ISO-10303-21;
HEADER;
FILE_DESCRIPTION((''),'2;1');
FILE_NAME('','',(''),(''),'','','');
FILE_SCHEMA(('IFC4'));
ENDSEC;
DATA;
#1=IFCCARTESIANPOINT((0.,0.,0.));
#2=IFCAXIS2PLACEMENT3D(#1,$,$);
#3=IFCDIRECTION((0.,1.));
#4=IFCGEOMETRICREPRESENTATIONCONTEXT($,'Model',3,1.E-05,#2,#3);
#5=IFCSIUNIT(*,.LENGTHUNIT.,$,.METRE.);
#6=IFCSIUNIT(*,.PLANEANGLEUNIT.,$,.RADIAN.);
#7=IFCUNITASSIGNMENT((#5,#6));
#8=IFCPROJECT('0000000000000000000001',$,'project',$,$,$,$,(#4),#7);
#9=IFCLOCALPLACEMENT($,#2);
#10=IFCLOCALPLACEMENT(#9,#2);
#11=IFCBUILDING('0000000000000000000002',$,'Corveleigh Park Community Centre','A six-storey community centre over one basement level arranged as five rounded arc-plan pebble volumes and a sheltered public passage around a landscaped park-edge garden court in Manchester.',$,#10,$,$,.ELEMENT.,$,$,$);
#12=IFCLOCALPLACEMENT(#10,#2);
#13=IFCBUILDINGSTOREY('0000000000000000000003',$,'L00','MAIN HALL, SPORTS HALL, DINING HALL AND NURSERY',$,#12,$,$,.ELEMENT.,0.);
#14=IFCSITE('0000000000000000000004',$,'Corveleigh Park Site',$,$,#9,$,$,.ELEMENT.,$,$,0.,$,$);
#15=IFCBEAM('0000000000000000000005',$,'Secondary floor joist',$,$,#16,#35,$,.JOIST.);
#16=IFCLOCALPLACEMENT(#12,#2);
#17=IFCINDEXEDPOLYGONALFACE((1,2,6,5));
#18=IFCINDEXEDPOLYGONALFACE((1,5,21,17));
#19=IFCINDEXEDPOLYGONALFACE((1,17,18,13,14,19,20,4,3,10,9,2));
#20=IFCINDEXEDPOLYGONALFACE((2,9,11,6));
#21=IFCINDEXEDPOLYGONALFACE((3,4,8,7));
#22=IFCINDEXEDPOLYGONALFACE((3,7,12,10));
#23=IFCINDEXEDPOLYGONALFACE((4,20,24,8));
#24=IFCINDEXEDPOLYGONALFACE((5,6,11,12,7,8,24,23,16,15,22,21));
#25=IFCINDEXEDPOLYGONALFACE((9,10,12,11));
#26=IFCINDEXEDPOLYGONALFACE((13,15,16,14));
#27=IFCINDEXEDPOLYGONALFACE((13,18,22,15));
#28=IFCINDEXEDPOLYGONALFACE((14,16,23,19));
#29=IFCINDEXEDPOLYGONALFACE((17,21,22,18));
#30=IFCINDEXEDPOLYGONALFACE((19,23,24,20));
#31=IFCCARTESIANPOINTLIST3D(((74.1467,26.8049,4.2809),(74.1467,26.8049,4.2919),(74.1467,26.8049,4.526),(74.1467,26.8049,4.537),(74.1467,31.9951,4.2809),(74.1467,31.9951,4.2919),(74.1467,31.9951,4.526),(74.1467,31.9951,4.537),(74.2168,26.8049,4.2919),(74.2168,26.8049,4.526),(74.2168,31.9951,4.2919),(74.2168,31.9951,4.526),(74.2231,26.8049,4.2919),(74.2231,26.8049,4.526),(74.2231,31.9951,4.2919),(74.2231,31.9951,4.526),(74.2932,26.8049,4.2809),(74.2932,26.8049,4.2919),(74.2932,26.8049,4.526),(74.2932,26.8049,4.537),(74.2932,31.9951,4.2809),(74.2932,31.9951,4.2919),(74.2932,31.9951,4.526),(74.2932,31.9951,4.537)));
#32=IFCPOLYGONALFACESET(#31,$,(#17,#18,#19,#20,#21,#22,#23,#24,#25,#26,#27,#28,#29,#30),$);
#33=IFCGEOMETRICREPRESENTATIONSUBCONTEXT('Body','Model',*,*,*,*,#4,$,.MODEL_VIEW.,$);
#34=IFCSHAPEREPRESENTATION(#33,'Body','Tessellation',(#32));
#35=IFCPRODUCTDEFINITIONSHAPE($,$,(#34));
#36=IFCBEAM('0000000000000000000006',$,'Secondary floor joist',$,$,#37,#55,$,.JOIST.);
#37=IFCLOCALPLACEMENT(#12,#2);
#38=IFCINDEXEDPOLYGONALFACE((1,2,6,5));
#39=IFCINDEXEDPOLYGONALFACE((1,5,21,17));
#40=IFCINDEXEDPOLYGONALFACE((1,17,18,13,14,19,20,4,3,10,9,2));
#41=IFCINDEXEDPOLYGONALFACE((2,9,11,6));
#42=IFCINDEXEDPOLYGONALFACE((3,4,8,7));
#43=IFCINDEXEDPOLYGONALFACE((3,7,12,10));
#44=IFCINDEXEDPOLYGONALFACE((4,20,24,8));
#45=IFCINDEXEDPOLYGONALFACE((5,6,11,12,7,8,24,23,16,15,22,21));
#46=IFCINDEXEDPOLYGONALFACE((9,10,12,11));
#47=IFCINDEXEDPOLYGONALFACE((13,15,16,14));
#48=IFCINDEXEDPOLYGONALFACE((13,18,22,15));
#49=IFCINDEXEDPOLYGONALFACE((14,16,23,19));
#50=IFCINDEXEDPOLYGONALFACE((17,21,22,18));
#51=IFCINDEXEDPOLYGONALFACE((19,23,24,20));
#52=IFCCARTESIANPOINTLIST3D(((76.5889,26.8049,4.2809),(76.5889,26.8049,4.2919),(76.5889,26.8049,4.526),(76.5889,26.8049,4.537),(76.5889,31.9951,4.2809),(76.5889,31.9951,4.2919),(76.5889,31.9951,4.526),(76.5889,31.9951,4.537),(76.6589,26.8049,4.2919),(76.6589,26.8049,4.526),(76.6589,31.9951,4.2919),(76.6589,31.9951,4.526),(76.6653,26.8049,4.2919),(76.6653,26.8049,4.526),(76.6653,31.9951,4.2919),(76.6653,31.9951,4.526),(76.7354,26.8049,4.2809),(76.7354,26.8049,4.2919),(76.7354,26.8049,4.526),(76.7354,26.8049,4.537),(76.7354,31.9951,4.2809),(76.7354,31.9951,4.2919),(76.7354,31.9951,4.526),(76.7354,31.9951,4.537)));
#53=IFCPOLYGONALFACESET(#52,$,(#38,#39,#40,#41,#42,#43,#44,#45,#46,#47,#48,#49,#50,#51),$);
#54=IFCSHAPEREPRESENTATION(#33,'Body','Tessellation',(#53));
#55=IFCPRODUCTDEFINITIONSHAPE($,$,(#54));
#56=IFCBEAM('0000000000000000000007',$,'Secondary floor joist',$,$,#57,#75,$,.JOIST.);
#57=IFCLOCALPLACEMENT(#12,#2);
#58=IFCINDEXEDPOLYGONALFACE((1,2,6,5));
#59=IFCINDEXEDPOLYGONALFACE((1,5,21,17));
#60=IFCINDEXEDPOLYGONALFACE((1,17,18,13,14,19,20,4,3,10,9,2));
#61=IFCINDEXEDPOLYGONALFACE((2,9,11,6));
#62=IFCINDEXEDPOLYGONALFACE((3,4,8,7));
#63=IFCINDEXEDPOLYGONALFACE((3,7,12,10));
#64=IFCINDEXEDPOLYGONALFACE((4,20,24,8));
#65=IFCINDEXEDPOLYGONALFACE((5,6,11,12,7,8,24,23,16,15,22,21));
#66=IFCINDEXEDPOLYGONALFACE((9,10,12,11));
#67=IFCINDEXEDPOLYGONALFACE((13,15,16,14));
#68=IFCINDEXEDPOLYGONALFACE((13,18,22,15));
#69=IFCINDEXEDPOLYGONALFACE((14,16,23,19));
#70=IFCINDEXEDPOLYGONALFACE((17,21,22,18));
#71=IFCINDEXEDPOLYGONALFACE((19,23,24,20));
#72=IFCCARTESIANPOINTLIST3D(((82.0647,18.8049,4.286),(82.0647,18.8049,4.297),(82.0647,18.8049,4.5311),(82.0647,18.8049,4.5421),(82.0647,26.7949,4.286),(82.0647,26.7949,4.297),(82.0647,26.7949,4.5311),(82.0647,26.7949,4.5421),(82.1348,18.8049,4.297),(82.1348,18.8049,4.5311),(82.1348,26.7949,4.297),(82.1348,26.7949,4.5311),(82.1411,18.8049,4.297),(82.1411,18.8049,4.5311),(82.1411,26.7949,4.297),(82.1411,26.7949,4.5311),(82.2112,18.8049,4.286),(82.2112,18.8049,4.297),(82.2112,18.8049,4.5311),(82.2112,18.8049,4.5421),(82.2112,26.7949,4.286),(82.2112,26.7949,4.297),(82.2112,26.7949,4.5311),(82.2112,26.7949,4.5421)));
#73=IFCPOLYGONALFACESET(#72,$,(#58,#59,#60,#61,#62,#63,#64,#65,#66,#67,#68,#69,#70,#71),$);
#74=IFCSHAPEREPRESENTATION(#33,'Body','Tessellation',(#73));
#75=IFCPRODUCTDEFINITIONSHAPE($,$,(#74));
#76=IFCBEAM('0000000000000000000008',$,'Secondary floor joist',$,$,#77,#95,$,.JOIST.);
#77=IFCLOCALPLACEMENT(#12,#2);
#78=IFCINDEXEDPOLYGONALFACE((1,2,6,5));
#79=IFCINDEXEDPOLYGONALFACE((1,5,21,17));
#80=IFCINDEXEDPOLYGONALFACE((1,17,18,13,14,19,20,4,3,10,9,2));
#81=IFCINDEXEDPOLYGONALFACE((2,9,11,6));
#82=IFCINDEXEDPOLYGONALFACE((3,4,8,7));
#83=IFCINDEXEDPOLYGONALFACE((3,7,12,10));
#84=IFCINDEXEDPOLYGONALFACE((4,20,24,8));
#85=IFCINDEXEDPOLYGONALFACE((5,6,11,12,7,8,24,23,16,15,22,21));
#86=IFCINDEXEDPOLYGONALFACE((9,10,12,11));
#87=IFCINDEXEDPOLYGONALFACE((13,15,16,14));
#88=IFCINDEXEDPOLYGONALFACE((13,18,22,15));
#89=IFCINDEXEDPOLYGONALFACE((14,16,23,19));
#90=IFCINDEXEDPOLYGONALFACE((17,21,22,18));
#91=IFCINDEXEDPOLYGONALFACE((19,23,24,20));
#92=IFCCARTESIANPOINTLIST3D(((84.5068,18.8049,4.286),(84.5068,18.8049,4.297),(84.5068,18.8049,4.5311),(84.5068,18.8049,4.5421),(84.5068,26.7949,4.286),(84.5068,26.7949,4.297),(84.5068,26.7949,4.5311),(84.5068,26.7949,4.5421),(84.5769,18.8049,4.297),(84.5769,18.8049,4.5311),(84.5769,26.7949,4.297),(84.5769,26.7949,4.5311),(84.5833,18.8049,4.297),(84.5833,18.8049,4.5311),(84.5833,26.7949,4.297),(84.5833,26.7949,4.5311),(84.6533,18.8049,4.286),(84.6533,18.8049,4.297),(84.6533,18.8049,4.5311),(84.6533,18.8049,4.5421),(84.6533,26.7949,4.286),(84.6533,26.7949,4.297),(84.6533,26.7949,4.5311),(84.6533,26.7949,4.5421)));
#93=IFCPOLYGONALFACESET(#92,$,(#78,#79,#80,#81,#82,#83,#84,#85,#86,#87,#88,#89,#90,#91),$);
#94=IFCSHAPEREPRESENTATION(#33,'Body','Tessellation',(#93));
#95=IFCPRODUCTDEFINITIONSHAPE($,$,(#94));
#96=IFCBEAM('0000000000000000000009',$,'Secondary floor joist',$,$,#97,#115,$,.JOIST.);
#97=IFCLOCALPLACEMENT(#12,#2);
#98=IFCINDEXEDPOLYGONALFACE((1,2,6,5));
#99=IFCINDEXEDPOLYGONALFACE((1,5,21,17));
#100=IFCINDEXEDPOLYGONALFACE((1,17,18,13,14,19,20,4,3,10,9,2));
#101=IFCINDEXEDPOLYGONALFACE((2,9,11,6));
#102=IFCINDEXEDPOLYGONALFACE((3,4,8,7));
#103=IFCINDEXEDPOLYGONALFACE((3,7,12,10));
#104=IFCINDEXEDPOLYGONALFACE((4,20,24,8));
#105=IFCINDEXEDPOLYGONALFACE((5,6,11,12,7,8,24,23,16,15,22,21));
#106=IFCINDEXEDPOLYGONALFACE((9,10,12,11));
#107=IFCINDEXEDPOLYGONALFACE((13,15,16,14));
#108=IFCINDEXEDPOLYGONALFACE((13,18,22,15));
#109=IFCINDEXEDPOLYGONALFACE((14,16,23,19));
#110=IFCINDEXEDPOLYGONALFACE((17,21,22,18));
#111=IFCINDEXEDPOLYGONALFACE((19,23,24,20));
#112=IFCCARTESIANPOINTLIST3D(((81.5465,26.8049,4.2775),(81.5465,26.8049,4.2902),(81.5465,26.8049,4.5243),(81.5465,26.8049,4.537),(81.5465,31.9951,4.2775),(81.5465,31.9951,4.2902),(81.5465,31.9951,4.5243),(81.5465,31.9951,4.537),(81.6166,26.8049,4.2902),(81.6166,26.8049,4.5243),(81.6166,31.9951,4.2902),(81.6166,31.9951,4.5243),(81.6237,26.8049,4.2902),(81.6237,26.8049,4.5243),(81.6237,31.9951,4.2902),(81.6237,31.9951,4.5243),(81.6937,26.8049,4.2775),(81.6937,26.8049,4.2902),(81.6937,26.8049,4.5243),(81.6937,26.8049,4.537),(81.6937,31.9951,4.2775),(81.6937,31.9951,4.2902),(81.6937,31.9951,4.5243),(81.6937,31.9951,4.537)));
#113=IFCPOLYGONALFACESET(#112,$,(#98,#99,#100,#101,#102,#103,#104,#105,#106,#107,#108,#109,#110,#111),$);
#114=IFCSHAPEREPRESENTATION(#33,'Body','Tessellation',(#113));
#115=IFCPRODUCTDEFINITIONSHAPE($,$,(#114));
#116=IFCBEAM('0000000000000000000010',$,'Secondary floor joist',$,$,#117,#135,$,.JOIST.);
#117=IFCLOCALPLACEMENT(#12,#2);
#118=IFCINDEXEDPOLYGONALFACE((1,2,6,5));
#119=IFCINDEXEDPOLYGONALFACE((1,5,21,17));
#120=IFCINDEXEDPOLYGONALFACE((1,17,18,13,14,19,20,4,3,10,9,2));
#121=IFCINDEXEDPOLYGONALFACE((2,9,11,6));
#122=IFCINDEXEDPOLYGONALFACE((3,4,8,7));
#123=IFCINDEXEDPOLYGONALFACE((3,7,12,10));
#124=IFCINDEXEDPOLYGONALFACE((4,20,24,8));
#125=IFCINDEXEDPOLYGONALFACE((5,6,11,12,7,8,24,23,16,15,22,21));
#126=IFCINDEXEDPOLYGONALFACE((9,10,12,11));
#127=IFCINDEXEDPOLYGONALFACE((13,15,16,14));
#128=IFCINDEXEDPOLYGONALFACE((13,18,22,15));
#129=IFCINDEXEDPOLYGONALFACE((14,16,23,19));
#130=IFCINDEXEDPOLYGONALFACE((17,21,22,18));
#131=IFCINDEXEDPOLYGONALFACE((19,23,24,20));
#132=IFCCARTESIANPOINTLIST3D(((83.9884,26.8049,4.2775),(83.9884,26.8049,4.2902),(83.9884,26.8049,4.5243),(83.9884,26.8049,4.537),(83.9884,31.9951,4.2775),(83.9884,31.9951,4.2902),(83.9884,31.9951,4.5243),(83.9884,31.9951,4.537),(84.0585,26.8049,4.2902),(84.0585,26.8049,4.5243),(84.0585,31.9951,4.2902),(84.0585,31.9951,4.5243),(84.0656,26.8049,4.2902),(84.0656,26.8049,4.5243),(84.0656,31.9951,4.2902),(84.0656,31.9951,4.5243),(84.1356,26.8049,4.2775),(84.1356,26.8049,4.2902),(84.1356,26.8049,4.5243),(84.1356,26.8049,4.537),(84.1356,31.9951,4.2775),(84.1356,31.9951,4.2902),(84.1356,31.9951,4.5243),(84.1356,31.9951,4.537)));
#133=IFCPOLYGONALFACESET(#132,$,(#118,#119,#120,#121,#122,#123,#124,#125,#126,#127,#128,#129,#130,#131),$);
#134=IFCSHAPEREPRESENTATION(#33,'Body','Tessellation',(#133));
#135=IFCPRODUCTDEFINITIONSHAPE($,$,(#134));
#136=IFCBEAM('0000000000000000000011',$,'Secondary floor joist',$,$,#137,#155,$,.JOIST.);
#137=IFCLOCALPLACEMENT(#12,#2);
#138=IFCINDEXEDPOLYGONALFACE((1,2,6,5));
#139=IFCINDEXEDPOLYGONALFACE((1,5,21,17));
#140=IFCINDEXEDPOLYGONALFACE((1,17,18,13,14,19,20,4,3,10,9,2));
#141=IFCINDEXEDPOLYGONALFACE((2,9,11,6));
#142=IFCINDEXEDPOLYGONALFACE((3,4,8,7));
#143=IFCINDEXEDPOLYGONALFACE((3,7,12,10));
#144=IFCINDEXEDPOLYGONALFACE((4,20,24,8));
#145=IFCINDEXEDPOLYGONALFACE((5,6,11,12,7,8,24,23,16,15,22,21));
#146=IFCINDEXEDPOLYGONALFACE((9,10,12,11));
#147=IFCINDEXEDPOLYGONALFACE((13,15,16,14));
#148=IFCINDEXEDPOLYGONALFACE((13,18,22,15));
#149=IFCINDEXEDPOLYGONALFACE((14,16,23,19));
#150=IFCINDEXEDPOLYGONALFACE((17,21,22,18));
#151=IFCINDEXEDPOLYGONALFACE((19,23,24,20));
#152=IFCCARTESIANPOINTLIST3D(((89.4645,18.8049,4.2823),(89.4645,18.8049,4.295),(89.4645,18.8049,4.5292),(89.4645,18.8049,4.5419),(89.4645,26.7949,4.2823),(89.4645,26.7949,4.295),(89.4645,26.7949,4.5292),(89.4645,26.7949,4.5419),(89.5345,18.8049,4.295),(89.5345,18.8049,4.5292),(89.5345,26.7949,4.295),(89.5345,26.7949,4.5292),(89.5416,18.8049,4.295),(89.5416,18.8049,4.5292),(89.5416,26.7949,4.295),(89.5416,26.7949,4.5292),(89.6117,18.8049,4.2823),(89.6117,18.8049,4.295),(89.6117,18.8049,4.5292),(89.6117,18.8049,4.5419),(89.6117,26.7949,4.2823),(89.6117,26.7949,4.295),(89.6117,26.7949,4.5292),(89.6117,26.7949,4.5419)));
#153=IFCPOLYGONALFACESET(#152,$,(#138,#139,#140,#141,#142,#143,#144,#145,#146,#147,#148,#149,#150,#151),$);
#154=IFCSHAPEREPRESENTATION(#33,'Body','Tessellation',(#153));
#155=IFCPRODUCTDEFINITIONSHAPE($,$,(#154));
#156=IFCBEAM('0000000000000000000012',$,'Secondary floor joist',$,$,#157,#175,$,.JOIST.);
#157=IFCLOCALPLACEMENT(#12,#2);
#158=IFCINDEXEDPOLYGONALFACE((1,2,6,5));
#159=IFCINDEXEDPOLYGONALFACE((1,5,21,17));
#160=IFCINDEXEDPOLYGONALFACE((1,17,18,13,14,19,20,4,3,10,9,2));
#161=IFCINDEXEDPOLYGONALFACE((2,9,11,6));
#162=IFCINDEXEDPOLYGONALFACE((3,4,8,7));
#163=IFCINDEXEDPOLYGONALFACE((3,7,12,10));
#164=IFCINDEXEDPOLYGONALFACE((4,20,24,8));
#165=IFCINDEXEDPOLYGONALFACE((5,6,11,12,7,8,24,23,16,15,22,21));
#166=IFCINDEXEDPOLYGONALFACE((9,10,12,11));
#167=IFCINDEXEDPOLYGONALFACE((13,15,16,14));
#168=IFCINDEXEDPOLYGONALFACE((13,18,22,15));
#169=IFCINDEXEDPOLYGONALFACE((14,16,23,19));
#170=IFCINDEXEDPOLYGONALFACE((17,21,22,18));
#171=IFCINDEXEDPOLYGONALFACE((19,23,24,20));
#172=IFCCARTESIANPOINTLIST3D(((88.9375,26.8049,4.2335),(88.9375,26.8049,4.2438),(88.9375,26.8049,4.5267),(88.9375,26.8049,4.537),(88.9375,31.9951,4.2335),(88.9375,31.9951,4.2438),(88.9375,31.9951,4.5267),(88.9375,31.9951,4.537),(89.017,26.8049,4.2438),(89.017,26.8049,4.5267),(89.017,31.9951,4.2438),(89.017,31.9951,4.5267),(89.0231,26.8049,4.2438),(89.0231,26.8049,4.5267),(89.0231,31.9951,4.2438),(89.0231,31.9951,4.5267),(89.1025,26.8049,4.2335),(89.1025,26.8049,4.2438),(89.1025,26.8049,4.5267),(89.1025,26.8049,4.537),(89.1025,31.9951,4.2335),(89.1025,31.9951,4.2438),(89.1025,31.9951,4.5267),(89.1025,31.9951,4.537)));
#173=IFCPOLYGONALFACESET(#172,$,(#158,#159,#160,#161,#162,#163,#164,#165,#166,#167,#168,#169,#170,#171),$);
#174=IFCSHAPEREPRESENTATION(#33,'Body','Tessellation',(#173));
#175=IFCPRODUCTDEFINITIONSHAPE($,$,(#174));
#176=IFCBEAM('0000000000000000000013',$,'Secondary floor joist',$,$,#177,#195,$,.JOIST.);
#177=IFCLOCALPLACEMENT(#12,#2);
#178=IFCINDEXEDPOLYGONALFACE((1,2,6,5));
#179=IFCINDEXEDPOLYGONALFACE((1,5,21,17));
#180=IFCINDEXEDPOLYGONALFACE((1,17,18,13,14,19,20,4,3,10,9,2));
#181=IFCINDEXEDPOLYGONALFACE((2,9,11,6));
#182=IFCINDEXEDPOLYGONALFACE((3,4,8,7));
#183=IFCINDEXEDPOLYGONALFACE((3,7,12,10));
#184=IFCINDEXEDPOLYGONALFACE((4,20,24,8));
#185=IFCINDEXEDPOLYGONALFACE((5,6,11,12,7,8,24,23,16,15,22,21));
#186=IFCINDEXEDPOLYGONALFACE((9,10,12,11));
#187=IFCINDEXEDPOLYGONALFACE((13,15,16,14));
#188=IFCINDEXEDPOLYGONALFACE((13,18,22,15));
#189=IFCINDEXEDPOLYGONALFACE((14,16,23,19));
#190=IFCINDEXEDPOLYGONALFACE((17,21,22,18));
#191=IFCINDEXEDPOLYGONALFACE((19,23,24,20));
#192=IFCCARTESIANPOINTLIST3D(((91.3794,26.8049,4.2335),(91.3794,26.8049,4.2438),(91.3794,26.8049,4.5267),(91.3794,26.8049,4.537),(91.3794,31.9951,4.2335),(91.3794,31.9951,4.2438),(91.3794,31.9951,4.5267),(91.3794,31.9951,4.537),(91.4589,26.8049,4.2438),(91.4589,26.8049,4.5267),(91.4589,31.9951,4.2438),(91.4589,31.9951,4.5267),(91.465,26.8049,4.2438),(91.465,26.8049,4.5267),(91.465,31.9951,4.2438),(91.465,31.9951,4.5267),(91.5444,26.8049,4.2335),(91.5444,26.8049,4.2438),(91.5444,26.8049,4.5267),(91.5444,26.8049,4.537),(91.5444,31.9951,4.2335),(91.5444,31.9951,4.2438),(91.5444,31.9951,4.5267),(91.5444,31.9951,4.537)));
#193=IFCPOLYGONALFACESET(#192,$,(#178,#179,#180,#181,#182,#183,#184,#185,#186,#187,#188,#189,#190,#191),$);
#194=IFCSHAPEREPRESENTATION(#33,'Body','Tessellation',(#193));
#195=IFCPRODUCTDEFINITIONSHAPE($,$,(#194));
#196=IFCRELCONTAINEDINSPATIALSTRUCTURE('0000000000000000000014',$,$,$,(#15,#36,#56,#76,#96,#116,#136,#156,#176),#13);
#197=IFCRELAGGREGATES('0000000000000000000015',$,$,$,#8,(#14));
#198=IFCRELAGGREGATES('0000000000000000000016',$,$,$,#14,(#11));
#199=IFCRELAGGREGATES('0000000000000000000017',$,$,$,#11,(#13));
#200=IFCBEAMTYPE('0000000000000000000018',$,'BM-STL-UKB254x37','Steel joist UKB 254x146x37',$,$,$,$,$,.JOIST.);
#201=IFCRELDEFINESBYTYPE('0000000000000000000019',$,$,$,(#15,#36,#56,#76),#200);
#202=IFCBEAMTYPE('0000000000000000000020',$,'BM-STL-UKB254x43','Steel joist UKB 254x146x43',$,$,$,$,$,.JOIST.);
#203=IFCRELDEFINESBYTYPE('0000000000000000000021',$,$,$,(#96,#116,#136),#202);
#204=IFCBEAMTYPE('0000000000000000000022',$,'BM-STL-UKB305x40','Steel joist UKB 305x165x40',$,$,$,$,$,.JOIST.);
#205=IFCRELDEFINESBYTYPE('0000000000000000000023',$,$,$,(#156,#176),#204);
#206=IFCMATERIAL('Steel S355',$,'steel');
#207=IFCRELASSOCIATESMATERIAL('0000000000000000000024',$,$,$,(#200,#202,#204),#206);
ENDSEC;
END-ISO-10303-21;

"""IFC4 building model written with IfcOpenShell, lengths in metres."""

from ifc_helpers import new_model, si_unit, direction, frame, origin, origin_2d, place, context, subcontext, project, spatial, i_section, extrude, material, material_profile, profile_set, type_object, element, save


model = new_model("IFC4")

# Units and contexts
model_context = context("Model", 3, precision=1e-05, world=origin(), true_north=direction((0.0, 1.0)))
body_context = subcontext(model_context, "Body", "Model", "MODEL_VIEW")
ifc_project = project(units=[si_unit("LENGTHUNIT", "METRE"), si_unit("PLANEANGLEUNIT", "RADIAN")], contexts=[model_context])

# Site, building, storey
site_placement = place(None, origin())
site = spatial("IfcSite", under=ifc_project, at=site_placement, Name="Corveleigh Park Site", CompositionType="ELEMENT", RefElevation=0.0)
building_placement = place(site_placement, origin())
building = spatial("IfcBuilding", under=site, at=building_placement, Name="Corveleigh Park Community Centre", Description="A six-storey community centre over one basement level arranged as five rounded arc-plan pebble volumes and a sheltered public passage around a landscaped park-edge garden court in Manchester.", CompositionType="ELEMENT")
storey_placement = place(building_placement, origin())
storey = spatial("IfcBuildingStorey", under=building, at=storey_placement, Name="L00", Description="MAIN HALL, SPORTS HALL, DINING HALL AND NURSERY", CompositionType="ELEMENT", Elevation=0.0)

# Beams
ifc_material_1 = material(Name="Steel S355", Category="steel")
ifc_material_profile_1 = material_profile(ifc_material_1, i_section(OverallWidth=0.1465, OverallDepth=0.2561, WebThickness=0.0063, FlangeThickness=0.011, at=origin_2d()), Name="UKB 254x146x37", Category="steel")
ifc_profile_set_1 = profile_set([ifc_material_profile_1], Name="Steel S355")
beam_type_1 = type_object("IfcBeamType", Name="BM-STL-UKB254x37", Description="Steel joist UKB 254x146x37", PredefinedType="JOIST", material=ifc_profile_set_1)
for number, where, z_axis, x_axis, name in (
    (1, (74.22, 26.8049, 4.4089), (0.0, 1.0, 0.0), (-1.0, 0.0, 0.0), "Secondary floor joist"),
    (2, (76.6621, 26.8049, 4.4089), (0.0, 1.0, 0.0), (-1.0, 0.0, 0.0), "Secondary floor joist"),
):
    element("IfcBeam", number, at=place(storey_placement, frame(where, z_axis=z_axis, x_axis=x_axis)), inside=storey, type_object=beam_type_1, Name=name, PredefinedType="JOIST", context=body_context, shape_type="SweptSolid", body=[
        extrude(i_section(OverallWidth=0.1465, OverallDepth=0.2561, WebThickness=0.0063, FlangeThickness=0.011, at=origin_2d()), origin(), (0.0, 0.0, 1.0), 5.1902),
    ])
for number, where, z_axis, x_axis, name in (
    (3, (82.1379, 18.8049, 4.4141), (0.0, 1.0, 0.0), (-1.0, 0.0, 0.0), "Secondary floor joist"),
    (4, (84.5801, 18.8049, 4.4141), (0.0, 1.0, 0.0), (-1.0, 0.0, 0.0), "Secondary floor joist"),
):
    element("IfcBeam", number, at=place(storey_placement, frame(where, z_axis=z_axis, x_axis=x_axis)), inside=storey, type_object=beam_type_1, Name=name, PredefinedType="JOIST", context=body_context, shape_type="SweptSolid", body=[
        extrude(i_section(OverallWidth=0.1465, OverallDepth=0.2561, WebThickness=0.0063, FlangeThickness=0.011, at=origin_2d()), origin(), (0.0, 0.0, 1.0), 7.99),
    ])
ifc_material_profile_2 = material_profile(ifc_material_1, i_section(OverallWidth=0.1472, OverallDepth=0.2595, WebThickness=0.0071, FlangeThickness=0.0127, at=origin_2d()), Name="UKB 254x146x43", Category="steel")
ifc_profile_set_2 = profile_set([ifc_material_profile_2], Name="Steel S355")
beam_type_2 = type_object("IfcBeamType", Name="BM-STL-UKB254x43", Description="Steel joist UKB 254x146x43", PredefinedType="JOIST", material=ifc_profile_set_2)
for number, where, z_axis, x_axis, name in (
    (5, (81.6201, 26.8049, 4.4072), (0.0, 1.0, 0.0), (-1.0, 0.0, 0.0), "Secondary floor joist"),
    (6, (84.062, 26.8049, 4.4072), (0.0, 1.0, 0.0), (-1.0, 0.0, 0.0), "Secondary floor joist"),
):
    element("IfcBeam", number, at=place(storey_placement, frame(where, z_axis=z_axis, x_axis=x_axis)), inside=storey, type_object=beam_type_2, Name=name, PredefinedType="JOIST", context=body_context, shape_type="SweptSolid", body=[
        extrude(i_section(OverallWidth=0.1472, OverallDepth=0.2595, WebThickness=0.0071, FlangeThickness=0.0127, at=origin_2d()), origin(), (0.0, 0.0, 1.0), 5.1902),
    ])
beam_1_placement = place(storey_placement, frame((89.5381, 18.8049, 4.4121), z_axis=(0.0, 1.0, 0.0), x_axis=(-1.0, 0.0, 0.0)))
element("IfcBeam", 7, at=beam_1_placement, inside=storey, type_object=beam_type_2, Name="Secondary floor joist", PredefinedType="JOIST", context=body_context, shape_type="SweptSolid", body=[
    extrude(i_section(OverallWidth=0.1472, OverallDepth=0.2595, WebThickness=0.0071, FlangeThickness=0.0127, at=origin_2d()), origin(), (0.0, 0.0, 1.0), 7.99),
])
ifc_material_profile_3 = material_profile(ifc_material_1, i_section(OverallWidth=0.165, OverallDepth=0.3035, WebThickness=0.0061, FlangeThickness=0.0103, at=origin_2d()), Name="UKB 305x165x40", Category="steel")
ifc_profile_set_3 = profile_set([ifc_material_profile_3], Name="Steel S355")
beam_type_3 = type_object("IfcBeamType", Name="BM-STL-UKB305x40", Description="Steel joist UKB 305x165x40", PredefinedType="JOIST", material=ifc_profile_set_3)
for number, where, z_axis, x_axis, name in (
    (8, (89.02, 26.8049, 4.3853), (0.0, 1.0, 0.0), (-1.0, 0.0, 0.0), "Secondary floor joist"),
    (9, (91.4619, 26.8049, 4.3853), (0.0, 1.0, 0.0), (-1.0, 0.0, 0.0), "Secondary floor joist"),
):
    element("IfcBeam", number, at=place(storey_placement, frame(where, z_axis=z_axis, x_axis=x_axis)), inside=storey, type_object=beam_type_3, Name=name, PredefinedType="JOIST", context=body_context, shape_type="SweptSolid", body=[
        extrude(i_section(OverallWidth=0.165, OverallDepth=0.3035, WebThickness=0.0061, FlangeThickness=0.0103, at=origin_2d()), origin(), (0.0, 0.0, 1.0), 5.1902),
    ])

save(model, "model.ifc")
